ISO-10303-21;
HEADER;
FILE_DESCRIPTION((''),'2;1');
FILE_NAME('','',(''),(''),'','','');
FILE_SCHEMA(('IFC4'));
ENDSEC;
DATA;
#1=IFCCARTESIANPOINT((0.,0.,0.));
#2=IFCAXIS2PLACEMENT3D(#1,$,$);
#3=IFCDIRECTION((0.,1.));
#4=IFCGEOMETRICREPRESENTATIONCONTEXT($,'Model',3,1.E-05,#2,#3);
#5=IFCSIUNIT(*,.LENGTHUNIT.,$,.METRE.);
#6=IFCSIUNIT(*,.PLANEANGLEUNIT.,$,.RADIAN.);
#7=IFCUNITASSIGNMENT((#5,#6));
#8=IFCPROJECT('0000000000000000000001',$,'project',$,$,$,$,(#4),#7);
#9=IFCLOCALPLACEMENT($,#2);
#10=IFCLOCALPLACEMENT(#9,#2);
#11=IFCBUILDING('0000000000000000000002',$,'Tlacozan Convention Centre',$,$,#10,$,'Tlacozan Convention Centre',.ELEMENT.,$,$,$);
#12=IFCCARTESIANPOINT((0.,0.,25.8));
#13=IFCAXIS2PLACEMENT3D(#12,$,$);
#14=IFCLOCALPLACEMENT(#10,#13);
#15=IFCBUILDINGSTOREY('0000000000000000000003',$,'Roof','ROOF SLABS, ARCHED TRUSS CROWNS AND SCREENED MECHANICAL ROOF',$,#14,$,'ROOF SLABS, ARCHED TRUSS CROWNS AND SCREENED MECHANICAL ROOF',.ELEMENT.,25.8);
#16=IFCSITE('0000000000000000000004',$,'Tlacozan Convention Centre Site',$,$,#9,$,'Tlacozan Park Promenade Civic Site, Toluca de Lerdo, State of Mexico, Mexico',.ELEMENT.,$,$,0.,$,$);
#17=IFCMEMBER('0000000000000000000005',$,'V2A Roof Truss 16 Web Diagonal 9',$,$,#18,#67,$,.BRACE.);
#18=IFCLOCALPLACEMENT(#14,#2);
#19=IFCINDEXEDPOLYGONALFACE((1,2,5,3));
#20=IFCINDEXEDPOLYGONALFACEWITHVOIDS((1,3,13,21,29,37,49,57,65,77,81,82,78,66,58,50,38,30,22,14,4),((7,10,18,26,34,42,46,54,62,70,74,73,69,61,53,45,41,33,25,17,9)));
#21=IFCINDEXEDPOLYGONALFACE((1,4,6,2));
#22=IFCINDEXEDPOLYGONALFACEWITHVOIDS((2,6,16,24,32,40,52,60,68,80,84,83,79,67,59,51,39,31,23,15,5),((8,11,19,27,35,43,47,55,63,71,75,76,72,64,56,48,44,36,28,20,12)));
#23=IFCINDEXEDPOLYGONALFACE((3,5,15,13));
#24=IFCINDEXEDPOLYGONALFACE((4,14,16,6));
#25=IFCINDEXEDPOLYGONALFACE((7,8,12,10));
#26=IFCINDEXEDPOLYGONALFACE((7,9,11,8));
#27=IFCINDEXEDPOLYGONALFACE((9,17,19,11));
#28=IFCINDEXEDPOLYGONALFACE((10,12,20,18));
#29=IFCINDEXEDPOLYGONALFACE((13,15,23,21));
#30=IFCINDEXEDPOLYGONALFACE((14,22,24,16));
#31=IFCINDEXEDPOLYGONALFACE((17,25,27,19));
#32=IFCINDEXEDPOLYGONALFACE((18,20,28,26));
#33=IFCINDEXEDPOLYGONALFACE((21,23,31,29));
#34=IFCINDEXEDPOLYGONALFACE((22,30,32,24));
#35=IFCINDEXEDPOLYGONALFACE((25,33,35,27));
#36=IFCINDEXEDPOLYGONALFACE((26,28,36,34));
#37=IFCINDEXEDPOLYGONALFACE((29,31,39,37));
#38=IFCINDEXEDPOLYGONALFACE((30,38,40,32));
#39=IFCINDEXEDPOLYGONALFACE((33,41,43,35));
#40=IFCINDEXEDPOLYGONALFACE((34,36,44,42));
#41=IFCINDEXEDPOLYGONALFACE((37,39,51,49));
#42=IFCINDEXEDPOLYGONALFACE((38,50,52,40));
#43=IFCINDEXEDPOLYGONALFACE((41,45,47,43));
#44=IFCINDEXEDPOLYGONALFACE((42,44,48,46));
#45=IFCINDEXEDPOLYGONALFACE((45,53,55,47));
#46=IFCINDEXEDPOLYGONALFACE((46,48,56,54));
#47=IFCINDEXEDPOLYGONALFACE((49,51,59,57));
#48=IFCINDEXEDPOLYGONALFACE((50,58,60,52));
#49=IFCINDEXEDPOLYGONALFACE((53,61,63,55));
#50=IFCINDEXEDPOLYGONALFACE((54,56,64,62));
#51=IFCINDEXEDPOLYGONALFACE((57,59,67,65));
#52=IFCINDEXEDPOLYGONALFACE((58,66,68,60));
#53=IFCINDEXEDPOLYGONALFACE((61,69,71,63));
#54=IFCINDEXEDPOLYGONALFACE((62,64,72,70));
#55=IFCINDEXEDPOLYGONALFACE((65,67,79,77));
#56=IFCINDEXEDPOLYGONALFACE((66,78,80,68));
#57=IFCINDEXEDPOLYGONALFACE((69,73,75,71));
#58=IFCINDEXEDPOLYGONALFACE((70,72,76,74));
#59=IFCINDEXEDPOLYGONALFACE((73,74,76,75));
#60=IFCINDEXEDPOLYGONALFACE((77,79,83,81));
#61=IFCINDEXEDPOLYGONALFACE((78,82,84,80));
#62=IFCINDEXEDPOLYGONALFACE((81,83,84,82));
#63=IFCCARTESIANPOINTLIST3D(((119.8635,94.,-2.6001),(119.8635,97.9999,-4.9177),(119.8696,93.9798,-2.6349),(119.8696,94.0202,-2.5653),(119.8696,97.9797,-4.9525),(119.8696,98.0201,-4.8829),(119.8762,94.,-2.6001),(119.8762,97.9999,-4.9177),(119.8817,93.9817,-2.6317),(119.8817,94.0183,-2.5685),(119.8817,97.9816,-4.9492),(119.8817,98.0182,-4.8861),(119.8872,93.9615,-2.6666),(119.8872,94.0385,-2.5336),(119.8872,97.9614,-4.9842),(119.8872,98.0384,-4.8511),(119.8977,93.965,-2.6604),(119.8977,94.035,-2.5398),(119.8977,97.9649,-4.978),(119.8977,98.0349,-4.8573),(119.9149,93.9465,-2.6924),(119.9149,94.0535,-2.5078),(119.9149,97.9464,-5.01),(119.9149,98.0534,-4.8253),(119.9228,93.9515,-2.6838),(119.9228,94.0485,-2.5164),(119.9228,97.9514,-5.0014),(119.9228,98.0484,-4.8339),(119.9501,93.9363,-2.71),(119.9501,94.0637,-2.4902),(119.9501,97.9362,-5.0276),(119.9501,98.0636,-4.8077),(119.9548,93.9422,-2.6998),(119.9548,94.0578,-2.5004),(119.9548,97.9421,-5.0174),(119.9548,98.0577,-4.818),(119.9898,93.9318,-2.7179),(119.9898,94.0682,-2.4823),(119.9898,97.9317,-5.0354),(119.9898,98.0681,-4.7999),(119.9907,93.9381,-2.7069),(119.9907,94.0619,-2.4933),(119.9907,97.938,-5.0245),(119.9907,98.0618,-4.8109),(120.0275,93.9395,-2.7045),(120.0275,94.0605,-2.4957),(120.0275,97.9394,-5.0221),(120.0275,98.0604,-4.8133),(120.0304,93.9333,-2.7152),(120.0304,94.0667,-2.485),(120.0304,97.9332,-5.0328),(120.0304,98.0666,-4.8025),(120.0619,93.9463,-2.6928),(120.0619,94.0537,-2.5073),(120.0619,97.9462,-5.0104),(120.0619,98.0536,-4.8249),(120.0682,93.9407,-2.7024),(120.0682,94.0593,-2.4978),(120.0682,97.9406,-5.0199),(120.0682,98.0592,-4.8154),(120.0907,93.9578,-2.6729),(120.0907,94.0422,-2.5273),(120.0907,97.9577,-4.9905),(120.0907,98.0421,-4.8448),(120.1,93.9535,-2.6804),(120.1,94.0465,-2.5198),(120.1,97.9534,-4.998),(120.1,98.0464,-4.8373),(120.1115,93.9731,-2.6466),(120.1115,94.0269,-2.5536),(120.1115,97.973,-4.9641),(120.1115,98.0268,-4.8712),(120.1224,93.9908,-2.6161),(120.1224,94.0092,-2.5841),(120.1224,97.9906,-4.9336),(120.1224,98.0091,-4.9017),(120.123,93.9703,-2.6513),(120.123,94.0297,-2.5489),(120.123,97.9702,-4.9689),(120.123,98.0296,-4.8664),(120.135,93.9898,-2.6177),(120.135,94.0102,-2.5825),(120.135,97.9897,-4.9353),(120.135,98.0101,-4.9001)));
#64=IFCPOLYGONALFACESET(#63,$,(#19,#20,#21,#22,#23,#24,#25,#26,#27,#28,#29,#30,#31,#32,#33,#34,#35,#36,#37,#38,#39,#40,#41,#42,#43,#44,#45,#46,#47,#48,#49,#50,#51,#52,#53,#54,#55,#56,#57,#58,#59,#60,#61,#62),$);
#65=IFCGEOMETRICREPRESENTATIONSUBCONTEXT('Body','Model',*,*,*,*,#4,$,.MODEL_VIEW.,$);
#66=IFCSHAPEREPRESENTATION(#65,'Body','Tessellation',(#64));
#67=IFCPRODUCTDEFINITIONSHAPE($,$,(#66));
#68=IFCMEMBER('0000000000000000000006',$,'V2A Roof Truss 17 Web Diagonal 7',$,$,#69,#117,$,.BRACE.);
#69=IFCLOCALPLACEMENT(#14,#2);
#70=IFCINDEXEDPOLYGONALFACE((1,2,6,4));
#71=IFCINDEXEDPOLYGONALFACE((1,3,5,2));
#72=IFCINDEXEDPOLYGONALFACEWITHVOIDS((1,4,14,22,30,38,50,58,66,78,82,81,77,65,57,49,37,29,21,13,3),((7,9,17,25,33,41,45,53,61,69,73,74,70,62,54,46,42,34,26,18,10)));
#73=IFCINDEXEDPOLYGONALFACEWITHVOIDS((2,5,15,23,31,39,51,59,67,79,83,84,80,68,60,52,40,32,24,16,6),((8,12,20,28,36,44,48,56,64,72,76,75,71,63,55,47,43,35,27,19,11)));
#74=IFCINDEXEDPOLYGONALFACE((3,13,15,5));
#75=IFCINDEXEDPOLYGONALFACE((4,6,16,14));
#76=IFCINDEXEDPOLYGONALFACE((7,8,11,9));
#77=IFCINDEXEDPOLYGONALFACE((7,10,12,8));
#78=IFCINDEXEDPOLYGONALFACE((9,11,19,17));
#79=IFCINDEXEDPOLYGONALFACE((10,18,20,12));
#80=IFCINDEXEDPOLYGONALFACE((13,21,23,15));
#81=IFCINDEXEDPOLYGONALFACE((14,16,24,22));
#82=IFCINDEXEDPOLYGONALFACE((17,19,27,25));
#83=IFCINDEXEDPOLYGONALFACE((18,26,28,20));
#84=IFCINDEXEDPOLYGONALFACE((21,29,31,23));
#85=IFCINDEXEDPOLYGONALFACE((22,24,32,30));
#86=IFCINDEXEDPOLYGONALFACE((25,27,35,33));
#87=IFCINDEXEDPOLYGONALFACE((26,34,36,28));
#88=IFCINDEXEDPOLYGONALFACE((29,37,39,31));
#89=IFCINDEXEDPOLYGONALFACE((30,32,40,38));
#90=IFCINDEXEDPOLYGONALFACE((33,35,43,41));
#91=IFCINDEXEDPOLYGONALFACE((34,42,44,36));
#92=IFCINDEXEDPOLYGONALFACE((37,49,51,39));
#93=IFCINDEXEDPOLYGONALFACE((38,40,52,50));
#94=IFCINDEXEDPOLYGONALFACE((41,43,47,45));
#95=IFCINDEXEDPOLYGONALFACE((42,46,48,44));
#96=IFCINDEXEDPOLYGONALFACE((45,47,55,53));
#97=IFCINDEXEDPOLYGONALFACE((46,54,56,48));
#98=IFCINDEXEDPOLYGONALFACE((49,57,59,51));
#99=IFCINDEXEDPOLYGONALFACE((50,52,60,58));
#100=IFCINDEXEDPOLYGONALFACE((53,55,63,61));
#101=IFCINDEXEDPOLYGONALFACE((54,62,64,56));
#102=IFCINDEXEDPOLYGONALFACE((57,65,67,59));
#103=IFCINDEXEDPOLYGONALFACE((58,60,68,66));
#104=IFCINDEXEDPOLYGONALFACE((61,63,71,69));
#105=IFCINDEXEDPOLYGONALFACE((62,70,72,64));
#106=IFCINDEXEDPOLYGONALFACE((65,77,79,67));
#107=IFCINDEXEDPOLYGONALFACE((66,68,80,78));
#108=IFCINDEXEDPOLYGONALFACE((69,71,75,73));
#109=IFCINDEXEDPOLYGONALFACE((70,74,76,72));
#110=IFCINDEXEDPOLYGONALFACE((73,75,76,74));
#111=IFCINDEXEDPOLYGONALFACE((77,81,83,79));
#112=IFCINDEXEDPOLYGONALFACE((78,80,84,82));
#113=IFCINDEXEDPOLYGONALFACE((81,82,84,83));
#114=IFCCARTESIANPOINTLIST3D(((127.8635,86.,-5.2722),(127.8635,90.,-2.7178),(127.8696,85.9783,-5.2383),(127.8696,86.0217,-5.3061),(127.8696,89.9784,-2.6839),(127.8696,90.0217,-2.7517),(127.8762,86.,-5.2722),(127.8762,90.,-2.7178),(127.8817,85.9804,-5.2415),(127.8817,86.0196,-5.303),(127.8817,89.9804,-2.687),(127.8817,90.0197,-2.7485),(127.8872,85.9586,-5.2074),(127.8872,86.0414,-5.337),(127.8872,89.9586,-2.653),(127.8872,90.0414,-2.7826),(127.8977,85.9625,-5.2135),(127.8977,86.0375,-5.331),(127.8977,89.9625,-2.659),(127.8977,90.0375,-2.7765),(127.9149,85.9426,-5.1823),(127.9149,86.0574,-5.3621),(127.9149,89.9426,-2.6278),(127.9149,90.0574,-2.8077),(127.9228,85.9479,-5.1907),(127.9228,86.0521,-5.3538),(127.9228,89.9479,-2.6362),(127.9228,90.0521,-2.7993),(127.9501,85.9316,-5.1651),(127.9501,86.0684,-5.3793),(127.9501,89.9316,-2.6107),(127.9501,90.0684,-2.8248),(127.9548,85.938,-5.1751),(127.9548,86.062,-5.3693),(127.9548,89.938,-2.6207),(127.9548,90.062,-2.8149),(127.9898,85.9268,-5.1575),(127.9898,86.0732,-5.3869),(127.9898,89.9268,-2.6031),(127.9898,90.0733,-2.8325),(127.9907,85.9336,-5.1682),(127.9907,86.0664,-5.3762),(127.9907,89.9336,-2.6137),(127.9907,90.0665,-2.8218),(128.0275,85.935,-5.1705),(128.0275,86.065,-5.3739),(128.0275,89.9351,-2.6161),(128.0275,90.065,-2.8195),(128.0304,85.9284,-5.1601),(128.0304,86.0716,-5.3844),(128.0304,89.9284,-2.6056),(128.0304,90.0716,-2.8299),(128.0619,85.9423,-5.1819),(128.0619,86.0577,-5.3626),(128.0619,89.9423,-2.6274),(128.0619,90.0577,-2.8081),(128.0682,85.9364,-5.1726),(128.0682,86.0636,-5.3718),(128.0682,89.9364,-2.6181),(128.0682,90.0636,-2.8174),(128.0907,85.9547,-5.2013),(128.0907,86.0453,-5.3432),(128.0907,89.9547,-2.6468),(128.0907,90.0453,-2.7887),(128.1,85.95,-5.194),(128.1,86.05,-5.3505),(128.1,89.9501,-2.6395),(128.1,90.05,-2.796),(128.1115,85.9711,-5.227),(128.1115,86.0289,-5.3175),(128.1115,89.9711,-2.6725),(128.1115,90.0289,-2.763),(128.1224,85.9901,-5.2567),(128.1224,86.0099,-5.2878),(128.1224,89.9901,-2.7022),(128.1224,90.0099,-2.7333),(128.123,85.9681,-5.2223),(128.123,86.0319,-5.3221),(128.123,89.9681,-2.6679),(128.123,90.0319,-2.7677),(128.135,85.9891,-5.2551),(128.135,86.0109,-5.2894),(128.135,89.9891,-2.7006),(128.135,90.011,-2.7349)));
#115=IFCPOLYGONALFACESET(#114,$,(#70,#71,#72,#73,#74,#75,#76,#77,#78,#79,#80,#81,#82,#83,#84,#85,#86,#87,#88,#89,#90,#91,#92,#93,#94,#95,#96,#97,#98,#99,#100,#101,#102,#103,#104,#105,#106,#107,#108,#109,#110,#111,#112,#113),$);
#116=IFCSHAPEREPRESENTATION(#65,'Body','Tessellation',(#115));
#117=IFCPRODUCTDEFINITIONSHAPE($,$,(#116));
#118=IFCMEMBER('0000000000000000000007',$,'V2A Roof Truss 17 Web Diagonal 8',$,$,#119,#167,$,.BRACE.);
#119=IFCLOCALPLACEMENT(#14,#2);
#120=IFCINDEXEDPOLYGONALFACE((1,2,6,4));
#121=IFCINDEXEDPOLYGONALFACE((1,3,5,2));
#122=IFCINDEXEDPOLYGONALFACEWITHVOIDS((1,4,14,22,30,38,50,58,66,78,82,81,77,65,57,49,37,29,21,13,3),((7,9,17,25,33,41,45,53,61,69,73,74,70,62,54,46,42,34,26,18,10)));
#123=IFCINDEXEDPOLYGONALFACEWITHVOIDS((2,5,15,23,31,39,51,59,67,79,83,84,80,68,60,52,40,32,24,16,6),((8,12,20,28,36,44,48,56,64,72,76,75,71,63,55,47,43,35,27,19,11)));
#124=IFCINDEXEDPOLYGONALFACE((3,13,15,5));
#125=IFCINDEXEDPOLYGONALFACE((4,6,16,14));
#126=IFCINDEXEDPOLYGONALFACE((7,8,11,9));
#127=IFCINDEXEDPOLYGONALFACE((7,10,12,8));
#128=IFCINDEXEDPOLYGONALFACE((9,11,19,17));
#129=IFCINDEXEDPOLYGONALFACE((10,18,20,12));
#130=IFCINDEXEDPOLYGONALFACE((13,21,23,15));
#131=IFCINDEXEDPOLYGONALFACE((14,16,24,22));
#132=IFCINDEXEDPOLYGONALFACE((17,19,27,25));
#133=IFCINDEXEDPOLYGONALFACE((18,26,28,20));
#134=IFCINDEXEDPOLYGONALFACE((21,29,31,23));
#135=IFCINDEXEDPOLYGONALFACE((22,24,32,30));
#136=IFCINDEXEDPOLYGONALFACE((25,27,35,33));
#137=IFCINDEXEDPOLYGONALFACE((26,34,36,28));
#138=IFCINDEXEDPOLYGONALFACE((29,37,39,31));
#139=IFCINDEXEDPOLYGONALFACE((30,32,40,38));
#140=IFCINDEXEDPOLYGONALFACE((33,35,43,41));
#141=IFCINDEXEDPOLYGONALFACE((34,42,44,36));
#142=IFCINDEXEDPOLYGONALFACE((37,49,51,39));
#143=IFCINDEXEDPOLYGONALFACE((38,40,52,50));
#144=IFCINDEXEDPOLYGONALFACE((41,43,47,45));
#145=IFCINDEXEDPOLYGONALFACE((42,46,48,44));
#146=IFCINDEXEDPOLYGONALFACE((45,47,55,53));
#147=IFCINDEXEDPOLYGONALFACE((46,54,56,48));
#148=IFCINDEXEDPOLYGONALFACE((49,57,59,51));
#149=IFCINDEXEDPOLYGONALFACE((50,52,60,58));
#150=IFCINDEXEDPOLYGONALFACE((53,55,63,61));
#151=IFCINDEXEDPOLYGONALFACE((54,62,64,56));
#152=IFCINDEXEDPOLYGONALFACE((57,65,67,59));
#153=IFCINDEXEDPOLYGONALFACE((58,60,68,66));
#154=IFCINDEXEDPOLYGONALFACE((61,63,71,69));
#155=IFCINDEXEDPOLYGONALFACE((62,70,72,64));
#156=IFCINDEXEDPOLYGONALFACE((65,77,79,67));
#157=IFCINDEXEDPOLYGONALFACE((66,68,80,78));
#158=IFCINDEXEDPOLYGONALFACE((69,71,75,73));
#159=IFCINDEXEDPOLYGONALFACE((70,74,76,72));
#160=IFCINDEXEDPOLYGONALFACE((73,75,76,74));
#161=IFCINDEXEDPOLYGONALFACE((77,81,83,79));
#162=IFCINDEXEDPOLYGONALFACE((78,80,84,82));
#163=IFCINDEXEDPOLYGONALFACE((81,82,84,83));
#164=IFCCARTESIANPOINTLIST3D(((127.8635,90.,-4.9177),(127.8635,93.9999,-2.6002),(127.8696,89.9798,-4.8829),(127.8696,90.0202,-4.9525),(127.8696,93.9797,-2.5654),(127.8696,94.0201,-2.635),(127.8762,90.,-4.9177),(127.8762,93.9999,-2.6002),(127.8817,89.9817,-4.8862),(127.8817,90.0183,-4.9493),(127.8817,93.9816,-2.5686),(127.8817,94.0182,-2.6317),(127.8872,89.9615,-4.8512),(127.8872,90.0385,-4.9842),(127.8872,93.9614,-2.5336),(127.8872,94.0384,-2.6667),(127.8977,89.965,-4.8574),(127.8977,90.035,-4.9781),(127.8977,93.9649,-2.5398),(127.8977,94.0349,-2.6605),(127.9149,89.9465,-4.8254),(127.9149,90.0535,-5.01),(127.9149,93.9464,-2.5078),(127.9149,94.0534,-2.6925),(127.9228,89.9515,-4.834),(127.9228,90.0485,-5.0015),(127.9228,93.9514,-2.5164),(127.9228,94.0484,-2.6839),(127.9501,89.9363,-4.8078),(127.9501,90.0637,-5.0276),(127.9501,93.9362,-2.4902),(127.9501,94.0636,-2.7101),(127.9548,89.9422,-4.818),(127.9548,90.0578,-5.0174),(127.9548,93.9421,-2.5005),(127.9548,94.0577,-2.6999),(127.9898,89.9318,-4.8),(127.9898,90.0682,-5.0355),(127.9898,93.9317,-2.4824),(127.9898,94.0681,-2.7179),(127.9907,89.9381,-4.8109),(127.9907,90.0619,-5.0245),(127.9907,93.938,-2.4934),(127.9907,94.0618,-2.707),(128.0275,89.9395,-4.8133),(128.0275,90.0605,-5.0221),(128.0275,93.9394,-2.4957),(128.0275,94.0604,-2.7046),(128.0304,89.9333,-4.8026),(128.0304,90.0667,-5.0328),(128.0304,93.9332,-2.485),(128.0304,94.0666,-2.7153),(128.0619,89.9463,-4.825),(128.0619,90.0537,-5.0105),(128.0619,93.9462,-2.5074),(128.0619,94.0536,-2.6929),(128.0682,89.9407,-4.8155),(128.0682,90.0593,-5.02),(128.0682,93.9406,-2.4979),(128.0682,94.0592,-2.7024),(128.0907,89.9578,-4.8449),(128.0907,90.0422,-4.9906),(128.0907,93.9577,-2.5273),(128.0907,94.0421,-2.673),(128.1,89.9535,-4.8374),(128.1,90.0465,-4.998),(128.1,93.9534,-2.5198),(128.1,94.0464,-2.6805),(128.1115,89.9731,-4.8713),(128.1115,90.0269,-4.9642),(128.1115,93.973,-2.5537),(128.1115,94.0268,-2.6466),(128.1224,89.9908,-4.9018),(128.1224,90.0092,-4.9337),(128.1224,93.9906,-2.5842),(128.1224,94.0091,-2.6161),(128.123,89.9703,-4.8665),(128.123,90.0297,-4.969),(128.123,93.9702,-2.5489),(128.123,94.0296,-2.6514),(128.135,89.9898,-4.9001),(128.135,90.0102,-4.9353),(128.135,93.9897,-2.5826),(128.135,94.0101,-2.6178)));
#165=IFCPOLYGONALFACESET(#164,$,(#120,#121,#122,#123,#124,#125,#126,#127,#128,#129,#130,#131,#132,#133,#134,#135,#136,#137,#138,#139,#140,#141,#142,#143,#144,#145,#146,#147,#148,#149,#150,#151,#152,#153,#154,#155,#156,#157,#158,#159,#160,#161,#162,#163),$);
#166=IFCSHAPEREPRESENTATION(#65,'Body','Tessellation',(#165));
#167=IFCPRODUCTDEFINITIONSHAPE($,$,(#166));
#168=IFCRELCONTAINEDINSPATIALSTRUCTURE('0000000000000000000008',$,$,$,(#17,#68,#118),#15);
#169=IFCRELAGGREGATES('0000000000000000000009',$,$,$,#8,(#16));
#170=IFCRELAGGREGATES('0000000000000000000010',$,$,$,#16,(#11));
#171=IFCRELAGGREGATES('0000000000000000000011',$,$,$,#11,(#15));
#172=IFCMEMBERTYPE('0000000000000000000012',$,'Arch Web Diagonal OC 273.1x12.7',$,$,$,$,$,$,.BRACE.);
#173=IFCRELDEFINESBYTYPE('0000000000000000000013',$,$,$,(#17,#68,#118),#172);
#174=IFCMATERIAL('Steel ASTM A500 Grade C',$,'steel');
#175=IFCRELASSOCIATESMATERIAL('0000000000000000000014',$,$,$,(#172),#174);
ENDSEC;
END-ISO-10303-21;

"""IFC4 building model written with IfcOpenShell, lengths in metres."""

from ifc_helpers import new_model, si_unit, direction, frame, origin, origin_2d, place, context, subcontext, project, spatial, hollow_circle, extrude, material, material_profile, profile_set, type_object, element, save


model = new_model("IFC4")

# Units and contexts
model_context = context("Model", 3, precision=1e-05, world=origin(), true_north=direction((0.0, 1.0)))
body_context = subcontext(model_context, "Body", "Model", "MODEL_VIEW")
ifc_project = project(units=[si_unit("LENGTHUNIT", "METRE"), si_unit("PLANEANGLEUNIT", "RADIAN")], contexts=[model_context])

# Site, building, storey
site_placement = place(None, origin())
site = spatial("IfcSite", under=ifc_project, at=site_placement, Name="Tlacozan Convention Centre Site", LongName="Tlacozan Park Promenade Civic Site, Toluca de Lerdo, State of Mexico, Mexico", CompositionType="ELEMENT", RefElevation=0.0)
building_placement = place(site_placement, origin())
building = spatial("IfcBuilding", under=site, at=building_placement, Name="Tlacozan Convention Centre", LongName="Tlacozan Convention Centre", CompositionType="ELEMENT")
storey_placement = place(building_placement, frame((0.0, 0.0, 25.8)))
storey = spatial("IfcBuildingStorey", under=building, at=storey_placement, Name="Roof", Description="ROOF SLABS, ARCHED TRUSS CROWNS AND SCREENED MECHANICAL ROOF", LongName="ROOF SLABS, ARCHED TRUSS CROWNS AND SCREENED MECHANICAL ROOF", CompositionType="ELEMENT", Elevation=25.8)

# Members
ifc_material_1 = material(Name="Steel ASTM A500 Grade C", Category="steel")
ifc_material_profile_1 = material_profile(ifc_material_1, hollow_circle(Radius=0.1365, WallThickness=0.0127, at=origin_2d()), Name="OC 273.1x12.7")
ifc_profile_set_1 = profile_set([ifc_material_profile_1], Name="Steel ASTM A500 Grade C")
member_type_1 = type_object("IfcMemberType", Name="Arch Web Diagonal OC 273.1x12.7", PredefinedType="BRACE", material=ifc_profile_set_1)
member_1_placement = place(storey_placement, frame((120.0, 94.0, -2.6001), z_axis=(0.0, 0.865254, -0.501334), x_axis=(-1.0, 0.0, 0.0)))
element("IfcMember", 1, at=member_1_placement, inside=storey, type_object=member_type_1, Name="V2A Roof Truss 16 Web Diagonal 9", PredefinedType="BRACE", context=body_context, shape_type="SweptSolid", body=[
    extrude(hollow_circle(Radius=0.1365, WallThickness=0.0127, at=origin_2d()), origin(), (0.0, 0.0, 1.0), 4.6228),
])
member_2_placement = place(storey_placement, frame((128.0, 86.0, -5.2722), z_axis=(0.0, 0.842803, 0.538223), x_axis=(-1.0, 0.0, 0.0)))
element("IfcMember", 2, at=member_2_placement, inside=storey, type_object=member_type_1, Name="V2A Roof Truss 17 Web Diagonal 7", PredefinedType="BRACE", context=body_context, shape_type="SweptSolid", body=[
    extrude(hollow_circle(Radius=0.1365, WallThickness=0.0127, at=origin_2d()), origin(), (0.0, 0.0, 1.0), 4.7461),
])
for number, where, z_axis, x_axis, name in (
    (3, (128.0, 90.0, -4.9177), (0.0, 0.865254, 0.501334), (-1.0, 0.0, 0.0), "V2A Roof Truss 17 Web Diagonal 8"),
):
    element("IfcMember", number, at=place(storey_placement, frame(where, z_axis=z_axis, x_axis=x_axis)), inside=storey, type_object=member_type_1, Name=name, PredefinedType="BRACE", context=body_context, shape_type="SweptSolid", body=[
        extrude(hollow_circle(Radius=0.1365, WallThickness=0.0127, at=origin_2d()), origin(), (0.0, 0.0, 1.0), 4.6228),
    ])

save(model, "model.ifc")
